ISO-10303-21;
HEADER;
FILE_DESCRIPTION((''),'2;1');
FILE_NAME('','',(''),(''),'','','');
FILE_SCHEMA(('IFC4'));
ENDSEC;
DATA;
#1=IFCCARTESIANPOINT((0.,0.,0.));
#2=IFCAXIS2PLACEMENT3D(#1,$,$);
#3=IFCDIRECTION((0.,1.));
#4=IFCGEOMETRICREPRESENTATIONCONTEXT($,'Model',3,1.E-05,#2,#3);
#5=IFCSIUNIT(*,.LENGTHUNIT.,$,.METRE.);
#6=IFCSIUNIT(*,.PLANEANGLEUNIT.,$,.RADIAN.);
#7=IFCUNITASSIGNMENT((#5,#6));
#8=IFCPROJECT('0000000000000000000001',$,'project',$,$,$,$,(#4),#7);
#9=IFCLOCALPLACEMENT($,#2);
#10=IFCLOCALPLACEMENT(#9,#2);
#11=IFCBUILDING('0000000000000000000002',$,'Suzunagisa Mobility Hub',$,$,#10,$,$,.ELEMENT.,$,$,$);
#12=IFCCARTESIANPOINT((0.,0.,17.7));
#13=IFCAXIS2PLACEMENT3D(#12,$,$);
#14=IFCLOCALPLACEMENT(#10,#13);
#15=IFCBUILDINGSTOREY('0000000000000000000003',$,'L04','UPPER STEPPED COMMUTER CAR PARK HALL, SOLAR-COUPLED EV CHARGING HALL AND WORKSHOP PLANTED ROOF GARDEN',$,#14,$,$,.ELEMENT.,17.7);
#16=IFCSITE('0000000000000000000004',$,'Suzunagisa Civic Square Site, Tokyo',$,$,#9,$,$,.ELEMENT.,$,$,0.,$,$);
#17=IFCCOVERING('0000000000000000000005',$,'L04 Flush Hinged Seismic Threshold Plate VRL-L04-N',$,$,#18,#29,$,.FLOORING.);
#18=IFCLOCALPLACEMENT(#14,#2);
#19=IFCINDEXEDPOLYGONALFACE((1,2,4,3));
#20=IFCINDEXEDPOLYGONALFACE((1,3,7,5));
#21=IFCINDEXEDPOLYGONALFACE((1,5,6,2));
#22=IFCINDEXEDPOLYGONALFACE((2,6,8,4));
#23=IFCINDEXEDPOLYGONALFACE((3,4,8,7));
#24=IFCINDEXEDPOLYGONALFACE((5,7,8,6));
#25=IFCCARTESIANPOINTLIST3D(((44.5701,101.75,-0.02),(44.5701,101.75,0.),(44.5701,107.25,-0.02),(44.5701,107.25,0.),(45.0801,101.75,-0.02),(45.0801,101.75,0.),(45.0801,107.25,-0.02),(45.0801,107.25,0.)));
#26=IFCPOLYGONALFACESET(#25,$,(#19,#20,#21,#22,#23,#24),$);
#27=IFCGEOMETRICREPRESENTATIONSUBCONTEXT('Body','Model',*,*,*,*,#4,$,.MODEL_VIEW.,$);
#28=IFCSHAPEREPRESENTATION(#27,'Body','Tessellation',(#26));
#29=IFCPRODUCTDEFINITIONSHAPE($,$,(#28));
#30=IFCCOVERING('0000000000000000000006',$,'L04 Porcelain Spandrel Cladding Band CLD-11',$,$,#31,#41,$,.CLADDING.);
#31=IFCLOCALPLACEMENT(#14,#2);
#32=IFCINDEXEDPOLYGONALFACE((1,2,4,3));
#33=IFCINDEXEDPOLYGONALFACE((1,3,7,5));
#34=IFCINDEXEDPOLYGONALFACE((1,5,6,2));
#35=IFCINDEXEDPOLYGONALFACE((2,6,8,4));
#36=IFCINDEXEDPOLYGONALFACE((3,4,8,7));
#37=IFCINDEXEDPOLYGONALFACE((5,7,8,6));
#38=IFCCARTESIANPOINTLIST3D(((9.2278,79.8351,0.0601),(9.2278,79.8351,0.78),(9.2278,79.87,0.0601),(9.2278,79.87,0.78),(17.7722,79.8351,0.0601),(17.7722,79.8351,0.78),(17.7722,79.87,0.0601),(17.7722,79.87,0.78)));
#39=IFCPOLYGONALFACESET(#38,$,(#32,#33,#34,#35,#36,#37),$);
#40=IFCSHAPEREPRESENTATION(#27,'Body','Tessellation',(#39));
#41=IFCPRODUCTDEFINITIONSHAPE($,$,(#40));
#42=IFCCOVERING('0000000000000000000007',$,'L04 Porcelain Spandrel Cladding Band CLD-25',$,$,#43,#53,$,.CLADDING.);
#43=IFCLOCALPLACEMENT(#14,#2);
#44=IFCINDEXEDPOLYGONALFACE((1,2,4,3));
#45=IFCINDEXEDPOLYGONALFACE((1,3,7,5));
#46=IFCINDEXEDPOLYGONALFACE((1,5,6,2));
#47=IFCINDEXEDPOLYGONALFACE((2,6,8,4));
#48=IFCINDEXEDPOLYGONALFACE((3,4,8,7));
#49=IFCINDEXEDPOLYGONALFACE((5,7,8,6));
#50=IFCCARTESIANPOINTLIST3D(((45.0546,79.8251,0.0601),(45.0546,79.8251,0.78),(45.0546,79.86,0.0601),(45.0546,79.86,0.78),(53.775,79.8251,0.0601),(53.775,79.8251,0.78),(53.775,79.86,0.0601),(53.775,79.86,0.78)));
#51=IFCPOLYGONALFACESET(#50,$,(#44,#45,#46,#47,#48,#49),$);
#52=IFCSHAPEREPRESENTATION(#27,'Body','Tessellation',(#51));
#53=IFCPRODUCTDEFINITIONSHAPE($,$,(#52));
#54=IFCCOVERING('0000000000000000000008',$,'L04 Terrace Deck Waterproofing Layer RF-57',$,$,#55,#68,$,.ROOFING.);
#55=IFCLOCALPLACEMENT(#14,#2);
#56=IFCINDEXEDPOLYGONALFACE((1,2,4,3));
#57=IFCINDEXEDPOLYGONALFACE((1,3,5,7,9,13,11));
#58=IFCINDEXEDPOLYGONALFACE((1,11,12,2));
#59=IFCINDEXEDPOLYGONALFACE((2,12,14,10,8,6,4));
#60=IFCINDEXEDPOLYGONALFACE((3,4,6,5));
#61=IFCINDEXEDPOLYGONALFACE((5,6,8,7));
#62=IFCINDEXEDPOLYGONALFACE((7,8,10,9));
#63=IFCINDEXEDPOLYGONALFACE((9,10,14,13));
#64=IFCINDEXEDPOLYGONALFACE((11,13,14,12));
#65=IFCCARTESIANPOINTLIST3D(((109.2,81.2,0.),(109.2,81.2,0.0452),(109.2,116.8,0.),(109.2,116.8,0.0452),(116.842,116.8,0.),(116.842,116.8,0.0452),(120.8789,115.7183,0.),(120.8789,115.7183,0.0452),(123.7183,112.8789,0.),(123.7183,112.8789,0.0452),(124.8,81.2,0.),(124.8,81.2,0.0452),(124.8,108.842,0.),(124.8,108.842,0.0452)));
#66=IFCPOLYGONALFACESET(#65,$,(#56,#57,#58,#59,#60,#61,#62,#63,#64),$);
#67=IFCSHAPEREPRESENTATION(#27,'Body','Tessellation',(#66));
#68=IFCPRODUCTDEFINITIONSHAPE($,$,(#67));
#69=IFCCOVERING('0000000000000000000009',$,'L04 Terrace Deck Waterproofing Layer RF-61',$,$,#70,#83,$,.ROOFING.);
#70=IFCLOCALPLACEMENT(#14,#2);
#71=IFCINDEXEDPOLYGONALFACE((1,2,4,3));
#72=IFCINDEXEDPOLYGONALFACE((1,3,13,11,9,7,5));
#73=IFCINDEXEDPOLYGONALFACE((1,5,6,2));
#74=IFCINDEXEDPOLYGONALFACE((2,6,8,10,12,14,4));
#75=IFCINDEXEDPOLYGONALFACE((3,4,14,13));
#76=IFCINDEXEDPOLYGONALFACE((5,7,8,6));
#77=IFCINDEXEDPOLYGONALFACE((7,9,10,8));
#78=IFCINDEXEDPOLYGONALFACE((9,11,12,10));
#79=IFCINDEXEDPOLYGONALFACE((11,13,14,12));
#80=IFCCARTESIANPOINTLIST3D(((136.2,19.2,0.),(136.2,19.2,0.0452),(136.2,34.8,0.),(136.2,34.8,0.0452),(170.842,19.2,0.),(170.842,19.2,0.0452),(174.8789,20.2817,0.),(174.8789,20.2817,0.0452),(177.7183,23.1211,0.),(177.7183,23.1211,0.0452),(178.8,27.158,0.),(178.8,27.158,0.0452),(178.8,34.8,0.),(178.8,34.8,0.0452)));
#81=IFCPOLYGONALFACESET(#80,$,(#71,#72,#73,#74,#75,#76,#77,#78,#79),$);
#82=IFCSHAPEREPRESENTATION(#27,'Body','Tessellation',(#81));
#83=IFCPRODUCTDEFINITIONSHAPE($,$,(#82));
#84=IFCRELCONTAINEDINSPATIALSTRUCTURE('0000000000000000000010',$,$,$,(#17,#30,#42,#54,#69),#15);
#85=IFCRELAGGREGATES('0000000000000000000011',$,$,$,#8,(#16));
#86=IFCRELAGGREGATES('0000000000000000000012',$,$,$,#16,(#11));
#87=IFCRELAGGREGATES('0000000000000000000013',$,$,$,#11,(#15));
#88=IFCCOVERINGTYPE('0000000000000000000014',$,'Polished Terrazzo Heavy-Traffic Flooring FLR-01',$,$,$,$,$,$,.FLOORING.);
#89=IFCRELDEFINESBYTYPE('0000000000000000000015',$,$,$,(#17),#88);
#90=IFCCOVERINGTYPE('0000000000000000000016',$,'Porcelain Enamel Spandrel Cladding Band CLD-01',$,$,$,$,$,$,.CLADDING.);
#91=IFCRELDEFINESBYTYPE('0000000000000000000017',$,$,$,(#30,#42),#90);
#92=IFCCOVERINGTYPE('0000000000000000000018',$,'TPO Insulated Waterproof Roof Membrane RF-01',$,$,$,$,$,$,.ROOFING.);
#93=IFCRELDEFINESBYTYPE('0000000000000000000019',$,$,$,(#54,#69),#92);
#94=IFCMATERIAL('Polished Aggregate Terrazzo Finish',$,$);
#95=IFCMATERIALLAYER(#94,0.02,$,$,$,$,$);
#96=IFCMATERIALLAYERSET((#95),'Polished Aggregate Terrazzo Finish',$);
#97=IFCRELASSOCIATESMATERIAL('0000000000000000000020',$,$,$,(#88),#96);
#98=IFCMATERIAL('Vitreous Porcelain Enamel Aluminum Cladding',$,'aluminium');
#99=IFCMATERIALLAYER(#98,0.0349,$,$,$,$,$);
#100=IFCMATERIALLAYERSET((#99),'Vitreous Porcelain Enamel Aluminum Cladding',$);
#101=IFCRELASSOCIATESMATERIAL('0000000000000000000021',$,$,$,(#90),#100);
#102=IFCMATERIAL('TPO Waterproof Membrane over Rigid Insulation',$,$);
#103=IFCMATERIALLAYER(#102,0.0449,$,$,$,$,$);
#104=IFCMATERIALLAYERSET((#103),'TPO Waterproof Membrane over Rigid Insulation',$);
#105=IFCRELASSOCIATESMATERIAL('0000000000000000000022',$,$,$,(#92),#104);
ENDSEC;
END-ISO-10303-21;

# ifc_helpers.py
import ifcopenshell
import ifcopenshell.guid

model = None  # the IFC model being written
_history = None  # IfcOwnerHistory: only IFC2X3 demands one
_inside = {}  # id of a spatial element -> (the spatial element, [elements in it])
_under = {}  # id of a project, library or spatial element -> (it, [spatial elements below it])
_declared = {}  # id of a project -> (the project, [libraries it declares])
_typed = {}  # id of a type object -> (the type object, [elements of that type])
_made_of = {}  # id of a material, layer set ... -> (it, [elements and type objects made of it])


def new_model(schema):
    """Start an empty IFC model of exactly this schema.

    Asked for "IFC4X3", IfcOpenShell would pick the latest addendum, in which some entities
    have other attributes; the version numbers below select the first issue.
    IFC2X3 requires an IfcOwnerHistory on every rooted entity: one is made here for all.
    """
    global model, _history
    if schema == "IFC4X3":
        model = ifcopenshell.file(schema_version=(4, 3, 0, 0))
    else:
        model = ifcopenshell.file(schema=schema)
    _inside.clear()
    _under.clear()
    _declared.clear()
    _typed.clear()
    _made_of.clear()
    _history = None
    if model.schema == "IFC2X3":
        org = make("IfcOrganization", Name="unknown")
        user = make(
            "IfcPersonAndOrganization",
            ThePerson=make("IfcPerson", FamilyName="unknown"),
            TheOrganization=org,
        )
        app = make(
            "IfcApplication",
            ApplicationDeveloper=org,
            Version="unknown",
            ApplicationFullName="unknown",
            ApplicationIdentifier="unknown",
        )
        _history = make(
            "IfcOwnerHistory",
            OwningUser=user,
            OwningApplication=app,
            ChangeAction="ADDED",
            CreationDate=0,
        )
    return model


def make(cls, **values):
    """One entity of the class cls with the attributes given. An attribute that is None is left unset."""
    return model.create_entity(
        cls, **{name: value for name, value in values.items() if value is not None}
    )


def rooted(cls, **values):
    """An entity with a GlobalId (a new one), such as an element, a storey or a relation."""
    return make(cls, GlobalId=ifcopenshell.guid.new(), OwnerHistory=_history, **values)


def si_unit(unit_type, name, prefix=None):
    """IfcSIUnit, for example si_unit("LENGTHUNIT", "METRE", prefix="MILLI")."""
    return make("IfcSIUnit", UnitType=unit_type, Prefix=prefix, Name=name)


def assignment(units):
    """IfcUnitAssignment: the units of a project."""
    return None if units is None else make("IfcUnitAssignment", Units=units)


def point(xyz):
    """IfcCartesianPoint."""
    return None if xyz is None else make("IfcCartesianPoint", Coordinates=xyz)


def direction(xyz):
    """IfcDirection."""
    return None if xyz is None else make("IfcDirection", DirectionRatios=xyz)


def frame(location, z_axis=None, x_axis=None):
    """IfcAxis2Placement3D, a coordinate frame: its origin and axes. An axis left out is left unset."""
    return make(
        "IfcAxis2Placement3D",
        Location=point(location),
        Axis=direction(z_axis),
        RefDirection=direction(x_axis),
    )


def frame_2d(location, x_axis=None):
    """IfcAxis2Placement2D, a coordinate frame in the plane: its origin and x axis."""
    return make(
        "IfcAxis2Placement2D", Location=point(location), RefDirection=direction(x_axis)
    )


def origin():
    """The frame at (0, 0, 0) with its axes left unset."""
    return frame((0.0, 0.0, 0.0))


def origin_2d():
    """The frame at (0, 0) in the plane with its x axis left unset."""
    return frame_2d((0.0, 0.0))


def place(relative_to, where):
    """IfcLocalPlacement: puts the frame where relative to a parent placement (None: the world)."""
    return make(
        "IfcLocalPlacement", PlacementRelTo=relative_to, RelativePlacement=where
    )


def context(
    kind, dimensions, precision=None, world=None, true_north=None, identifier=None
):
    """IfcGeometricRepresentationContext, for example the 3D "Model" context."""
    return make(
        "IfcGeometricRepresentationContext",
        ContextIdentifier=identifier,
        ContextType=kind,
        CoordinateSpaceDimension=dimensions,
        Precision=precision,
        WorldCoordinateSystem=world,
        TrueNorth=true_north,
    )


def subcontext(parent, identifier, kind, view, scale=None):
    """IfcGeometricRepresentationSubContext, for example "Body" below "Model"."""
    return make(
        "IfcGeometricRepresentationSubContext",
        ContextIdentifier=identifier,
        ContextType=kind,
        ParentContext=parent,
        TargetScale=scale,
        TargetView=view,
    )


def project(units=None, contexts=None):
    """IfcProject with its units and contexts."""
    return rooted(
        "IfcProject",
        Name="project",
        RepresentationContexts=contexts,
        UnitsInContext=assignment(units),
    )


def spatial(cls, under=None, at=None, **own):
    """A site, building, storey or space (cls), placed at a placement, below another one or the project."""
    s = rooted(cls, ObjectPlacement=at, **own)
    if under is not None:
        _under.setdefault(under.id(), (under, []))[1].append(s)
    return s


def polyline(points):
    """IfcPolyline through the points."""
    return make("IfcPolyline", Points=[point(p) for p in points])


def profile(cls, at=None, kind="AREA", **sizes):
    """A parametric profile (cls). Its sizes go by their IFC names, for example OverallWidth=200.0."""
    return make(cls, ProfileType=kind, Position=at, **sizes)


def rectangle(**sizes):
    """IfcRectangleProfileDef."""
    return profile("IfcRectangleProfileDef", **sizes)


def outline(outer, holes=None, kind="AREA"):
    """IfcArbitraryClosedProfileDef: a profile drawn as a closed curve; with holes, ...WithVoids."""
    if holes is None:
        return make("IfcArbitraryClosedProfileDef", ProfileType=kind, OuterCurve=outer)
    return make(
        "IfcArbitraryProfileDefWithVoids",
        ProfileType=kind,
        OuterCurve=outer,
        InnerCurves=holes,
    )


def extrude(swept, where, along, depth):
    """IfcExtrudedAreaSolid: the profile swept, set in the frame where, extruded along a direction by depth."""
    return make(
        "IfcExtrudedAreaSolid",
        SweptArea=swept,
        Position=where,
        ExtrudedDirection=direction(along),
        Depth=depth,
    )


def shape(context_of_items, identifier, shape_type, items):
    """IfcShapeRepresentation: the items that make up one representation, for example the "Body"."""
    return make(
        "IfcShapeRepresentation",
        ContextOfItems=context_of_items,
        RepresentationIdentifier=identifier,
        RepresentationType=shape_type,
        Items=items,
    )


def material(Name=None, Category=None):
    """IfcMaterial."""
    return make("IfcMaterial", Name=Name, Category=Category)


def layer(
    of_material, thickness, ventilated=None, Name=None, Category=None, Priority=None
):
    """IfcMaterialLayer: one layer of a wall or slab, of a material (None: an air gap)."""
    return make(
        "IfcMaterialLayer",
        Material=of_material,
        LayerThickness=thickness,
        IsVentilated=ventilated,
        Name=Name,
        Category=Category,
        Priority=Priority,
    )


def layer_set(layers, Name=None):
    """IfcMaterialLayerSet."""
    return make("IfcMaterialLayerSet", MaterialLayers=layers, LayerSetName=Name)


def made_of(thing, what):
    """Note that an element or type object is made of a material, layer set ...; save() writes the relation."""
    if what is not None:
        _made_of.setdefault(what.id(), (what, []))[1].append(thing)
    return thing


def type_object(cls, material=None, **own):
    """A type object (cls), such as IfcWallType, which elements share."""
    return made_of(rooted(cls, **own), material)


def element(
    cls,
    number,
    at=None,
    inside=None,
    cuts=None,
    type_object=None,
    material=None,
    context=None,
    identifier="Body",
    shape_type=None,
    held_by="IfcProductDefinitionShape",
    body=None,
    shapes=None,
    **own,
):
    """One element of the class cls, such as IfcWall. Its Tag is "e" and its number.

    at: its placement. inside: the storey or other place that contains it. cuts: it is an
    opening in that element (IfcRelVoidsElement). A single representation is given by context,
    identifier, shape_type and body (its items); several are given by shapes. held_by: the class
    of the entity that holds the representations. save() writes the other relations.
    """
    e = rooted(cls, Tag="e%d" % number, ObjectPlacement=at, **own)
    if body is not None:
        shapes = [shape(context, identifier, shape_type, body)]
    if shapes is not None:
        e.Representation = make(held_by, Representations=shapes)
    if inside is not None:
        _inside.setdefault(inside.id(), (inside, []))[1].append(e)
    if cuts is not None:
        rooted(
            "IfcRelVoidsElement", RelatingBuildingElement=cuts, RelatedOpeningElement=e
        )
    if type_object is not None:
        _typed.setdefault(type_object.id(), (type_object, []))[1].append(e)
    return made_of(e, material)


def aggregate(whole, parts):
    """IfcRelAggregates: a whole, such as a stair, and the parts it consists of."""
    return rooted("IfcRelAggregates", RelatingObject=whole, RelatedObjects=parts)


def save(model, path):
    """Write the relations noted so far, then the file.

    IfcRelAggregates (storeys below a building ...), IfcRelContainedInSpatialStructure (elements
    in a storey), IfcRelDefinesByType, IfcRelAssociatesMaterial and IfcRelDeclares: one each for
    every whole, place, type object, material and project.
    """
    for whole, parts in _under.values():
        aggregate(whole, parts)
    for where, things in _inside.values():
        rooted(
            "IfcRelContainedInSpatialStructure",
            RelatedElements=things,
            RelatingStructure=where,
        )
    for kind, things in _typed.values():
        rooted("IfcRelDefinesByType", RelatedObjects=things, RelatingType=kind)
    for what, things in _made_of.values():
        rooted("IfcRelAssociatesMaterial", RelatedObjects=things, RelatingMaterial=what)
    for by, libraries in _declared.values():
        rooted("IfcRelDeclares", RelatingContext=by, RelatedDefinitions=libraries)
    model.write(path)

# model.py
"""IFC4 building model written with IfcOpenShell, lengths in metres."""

from ifc_helpers import new_model, si_unit, direction, frame, origin, origin_2d, place, context, subcontext, project, spatial, polyline, rectangle, outline, extrude, material, layer, layer_set, type_object, element, save


model = new_model("IFC4")

# Units and contexts
model_context = context("Model", 3, precision=1e-05, world=origin(), true_north=direction((0.0, 1.0)))
body_context = subcontext(model_context, "Body", "Model", "MODEL_VIEW")
ifc_project = project(units=[si_unit("LENGTHUNIT", "METRE"), si_unit("PLANEANGLEUNIT", "RADIAN")], contexts=[model_context])

# Site, building, storey
site_placement = place(None, origin())
site = spatial("IfcSite", under=ifc_project, at=site_placement, Name="Suzunagisa Civic Square Site, Tokyo", CompositionType="ELEMENT", RefElevation=0.0)
building_placement = place(site_placement, origin())
building = spatial("IfcBuilding", under=site, at=building_placement, Name="Suzunagisa Mobility Hub", CompositionType="ELEMENT")
storey_placement = place(building_placement, frame((0.0, 0.0, 17.7)))
storey = spatial("IfcBuildingStorey", under=building, at=storey_placement, Name="L04", Description="UPPER STEPPED COMMUTER CAR PARK HALL, SOLAR-COUPLED EV CHARGING HALL AND WORKSHOP PLANTED ROOF GARDEN", CompositionType="ELEMENT", Elevation=17.7)

# Coverings
ifc_material_1 = material(Name="Polished Aggregate Terrazzo Finish")
ifc_layer_1 = layer(ifc_material_1, 0.02)
ifc_layer_set_1 = layer_set([ifc_layer_1], Name="Polished Aggregate Terrazzo Finish")
covering_type_1 = type_object("IfcCoveringType", Name="Polished Terrazzo Heavy-Traffic Flooring FLR-01", PredefinedType="FLOORING", material=ifc_layer_set_1)
covering_1_placement = place(storey_placement, frame((0.0, 0.0, -0.02)))
element("IfcCovering", 1, at=covering_1_placement, inside=storey, type_object=covering_type_1, Name="L04 Flush Hinged Seismic Threshold Plate VRL-L04-N", PredefinedType="FLOORING", context=body_context, shape_type="SweptSolid", body=[
    extrude(outline(polyline([(44.5701, 101.75), (45.0801, 101.75), (45.0801, 107.25), (44.5701, 107.25), (44.5701, 101.75)])), origin(), (0.0, 0.0, 1.0), 0.02),
])
ifc_material_2 = material(Name="Vitreous Porcelain Enamel Aluminum Cladding", Category="aluminium")
ifc_layer_2 = layer(ifc_material_2, 0.0349)
ifc_layer_set_2 = layer_set([ifc_layer_2], Name="Vitreous Porcelain Enamel Aluminum Cladding")
covering_type_2 = type_object("IfcCoveringType", Name="Porcelain Enamel Spandrel Cladding Band CLD-01", PredefinedType="CLADDING", material=ifc_layer_set_2)
covering_2_placement = place(storey_placement, frame((13.5, 79.8525, 0.0601), z_axis=(0.0, 0.0, 1.0), x_axis=(1.0, 0.0, 0.0)))
element("IfcCovering", 2, at=covering_2_placement, inside=storey, type_object=covering_type_2, Name="L04 Porcelain Spandrel Cladding Band CLD-11", PredefinedType="CLADDING", context=body_context, shape_type="SweptSolid", body=[
    extrude(rectangle(XDim=8.5444, YDim=0.0349, at=origin_2d()), origin(), (0.0, 0.0, 1.0), 0.72),
])
covering_3_placement = place(storey_placement, frame((49.4148, 79.8425, 0.0601), z_axis=(0.0, 0.0, 1.0), x_axis=(1.0, 0.0, 0.0)))
element("IfcCovering", 3, at=covering_3_placement, inside=storey, type_object=covering_type_2, Name="L04 Porcelain Spandrel Cladding Band CLD-25", PredefinedType="CLADDING", context=body_context, shape_type="SweptSolid", body=[
    extrude(rectangle(XDim=8.7205, YDim=0.0349, at=origin_2d()), origin(), (0.0, 0.0, 1.0), 0.72),
])
ifc_material_3 = material(Name="TPO Waterproof Membrane over Rigid Insulation")
ifc_layer_3 = layer(ifc_material_3, 0.0449)
ifc_layer_set_3 = layer_set([ifc_layer_3], Name="TPO Waterproof Membrane over Rigid Insulation")
covering_type_3 = type_object("IfcCoveringType", Name="TPO Insulated Waterproof Roof Membrane RF-01", PredefinedType="ROOFING", material=ifc_layer_set_3)
covering_4_placement = place(storey_placement, origin())
element("IfcCovering", 4, at=covering_4_placement, inside=storey, type_object=covering_type_3, Name="L04 Terrace Deck Waterproofing Layer RF-57", PredefinedType="ROOFING", context=body_context, shape_type="SweptSolid", body=[
    extrude(outline(polyline([(109.2, 81.2), (109.2, 116.8), (116.842, 116.8), (120.8789, 115.7183), (123.7183, 112.8789), (124.8, 108.842), (124.8, 81.2), (109.2, 81.2)])), origin(), (0.0, 0.0, 1.0), 0.0452),
])
covering_5_placement = place(storey_placement, origin())
element("IfcCovering", 5, at=covering_5_placement, inside=storey, type_object=covering_type_3, Name="L04 Terrace Deck Waterproofing Layer RF-61", PredefinedType="ROOFING", context=body_context, shape_type="SweptSolid", body=[
    extrude(outline(polyline([(136.2, 19.2), (136.2, 34.8), (178.8, 34.8), (178.8, 27.158), (177.7183, 23.1211), (174.8789, 20.2817), (170.842, 19.2), (136.2, 19.2)])), origin(), (0.0, 0.0, 1.0), 0.0452),
])

save(model, "model.ifc")
